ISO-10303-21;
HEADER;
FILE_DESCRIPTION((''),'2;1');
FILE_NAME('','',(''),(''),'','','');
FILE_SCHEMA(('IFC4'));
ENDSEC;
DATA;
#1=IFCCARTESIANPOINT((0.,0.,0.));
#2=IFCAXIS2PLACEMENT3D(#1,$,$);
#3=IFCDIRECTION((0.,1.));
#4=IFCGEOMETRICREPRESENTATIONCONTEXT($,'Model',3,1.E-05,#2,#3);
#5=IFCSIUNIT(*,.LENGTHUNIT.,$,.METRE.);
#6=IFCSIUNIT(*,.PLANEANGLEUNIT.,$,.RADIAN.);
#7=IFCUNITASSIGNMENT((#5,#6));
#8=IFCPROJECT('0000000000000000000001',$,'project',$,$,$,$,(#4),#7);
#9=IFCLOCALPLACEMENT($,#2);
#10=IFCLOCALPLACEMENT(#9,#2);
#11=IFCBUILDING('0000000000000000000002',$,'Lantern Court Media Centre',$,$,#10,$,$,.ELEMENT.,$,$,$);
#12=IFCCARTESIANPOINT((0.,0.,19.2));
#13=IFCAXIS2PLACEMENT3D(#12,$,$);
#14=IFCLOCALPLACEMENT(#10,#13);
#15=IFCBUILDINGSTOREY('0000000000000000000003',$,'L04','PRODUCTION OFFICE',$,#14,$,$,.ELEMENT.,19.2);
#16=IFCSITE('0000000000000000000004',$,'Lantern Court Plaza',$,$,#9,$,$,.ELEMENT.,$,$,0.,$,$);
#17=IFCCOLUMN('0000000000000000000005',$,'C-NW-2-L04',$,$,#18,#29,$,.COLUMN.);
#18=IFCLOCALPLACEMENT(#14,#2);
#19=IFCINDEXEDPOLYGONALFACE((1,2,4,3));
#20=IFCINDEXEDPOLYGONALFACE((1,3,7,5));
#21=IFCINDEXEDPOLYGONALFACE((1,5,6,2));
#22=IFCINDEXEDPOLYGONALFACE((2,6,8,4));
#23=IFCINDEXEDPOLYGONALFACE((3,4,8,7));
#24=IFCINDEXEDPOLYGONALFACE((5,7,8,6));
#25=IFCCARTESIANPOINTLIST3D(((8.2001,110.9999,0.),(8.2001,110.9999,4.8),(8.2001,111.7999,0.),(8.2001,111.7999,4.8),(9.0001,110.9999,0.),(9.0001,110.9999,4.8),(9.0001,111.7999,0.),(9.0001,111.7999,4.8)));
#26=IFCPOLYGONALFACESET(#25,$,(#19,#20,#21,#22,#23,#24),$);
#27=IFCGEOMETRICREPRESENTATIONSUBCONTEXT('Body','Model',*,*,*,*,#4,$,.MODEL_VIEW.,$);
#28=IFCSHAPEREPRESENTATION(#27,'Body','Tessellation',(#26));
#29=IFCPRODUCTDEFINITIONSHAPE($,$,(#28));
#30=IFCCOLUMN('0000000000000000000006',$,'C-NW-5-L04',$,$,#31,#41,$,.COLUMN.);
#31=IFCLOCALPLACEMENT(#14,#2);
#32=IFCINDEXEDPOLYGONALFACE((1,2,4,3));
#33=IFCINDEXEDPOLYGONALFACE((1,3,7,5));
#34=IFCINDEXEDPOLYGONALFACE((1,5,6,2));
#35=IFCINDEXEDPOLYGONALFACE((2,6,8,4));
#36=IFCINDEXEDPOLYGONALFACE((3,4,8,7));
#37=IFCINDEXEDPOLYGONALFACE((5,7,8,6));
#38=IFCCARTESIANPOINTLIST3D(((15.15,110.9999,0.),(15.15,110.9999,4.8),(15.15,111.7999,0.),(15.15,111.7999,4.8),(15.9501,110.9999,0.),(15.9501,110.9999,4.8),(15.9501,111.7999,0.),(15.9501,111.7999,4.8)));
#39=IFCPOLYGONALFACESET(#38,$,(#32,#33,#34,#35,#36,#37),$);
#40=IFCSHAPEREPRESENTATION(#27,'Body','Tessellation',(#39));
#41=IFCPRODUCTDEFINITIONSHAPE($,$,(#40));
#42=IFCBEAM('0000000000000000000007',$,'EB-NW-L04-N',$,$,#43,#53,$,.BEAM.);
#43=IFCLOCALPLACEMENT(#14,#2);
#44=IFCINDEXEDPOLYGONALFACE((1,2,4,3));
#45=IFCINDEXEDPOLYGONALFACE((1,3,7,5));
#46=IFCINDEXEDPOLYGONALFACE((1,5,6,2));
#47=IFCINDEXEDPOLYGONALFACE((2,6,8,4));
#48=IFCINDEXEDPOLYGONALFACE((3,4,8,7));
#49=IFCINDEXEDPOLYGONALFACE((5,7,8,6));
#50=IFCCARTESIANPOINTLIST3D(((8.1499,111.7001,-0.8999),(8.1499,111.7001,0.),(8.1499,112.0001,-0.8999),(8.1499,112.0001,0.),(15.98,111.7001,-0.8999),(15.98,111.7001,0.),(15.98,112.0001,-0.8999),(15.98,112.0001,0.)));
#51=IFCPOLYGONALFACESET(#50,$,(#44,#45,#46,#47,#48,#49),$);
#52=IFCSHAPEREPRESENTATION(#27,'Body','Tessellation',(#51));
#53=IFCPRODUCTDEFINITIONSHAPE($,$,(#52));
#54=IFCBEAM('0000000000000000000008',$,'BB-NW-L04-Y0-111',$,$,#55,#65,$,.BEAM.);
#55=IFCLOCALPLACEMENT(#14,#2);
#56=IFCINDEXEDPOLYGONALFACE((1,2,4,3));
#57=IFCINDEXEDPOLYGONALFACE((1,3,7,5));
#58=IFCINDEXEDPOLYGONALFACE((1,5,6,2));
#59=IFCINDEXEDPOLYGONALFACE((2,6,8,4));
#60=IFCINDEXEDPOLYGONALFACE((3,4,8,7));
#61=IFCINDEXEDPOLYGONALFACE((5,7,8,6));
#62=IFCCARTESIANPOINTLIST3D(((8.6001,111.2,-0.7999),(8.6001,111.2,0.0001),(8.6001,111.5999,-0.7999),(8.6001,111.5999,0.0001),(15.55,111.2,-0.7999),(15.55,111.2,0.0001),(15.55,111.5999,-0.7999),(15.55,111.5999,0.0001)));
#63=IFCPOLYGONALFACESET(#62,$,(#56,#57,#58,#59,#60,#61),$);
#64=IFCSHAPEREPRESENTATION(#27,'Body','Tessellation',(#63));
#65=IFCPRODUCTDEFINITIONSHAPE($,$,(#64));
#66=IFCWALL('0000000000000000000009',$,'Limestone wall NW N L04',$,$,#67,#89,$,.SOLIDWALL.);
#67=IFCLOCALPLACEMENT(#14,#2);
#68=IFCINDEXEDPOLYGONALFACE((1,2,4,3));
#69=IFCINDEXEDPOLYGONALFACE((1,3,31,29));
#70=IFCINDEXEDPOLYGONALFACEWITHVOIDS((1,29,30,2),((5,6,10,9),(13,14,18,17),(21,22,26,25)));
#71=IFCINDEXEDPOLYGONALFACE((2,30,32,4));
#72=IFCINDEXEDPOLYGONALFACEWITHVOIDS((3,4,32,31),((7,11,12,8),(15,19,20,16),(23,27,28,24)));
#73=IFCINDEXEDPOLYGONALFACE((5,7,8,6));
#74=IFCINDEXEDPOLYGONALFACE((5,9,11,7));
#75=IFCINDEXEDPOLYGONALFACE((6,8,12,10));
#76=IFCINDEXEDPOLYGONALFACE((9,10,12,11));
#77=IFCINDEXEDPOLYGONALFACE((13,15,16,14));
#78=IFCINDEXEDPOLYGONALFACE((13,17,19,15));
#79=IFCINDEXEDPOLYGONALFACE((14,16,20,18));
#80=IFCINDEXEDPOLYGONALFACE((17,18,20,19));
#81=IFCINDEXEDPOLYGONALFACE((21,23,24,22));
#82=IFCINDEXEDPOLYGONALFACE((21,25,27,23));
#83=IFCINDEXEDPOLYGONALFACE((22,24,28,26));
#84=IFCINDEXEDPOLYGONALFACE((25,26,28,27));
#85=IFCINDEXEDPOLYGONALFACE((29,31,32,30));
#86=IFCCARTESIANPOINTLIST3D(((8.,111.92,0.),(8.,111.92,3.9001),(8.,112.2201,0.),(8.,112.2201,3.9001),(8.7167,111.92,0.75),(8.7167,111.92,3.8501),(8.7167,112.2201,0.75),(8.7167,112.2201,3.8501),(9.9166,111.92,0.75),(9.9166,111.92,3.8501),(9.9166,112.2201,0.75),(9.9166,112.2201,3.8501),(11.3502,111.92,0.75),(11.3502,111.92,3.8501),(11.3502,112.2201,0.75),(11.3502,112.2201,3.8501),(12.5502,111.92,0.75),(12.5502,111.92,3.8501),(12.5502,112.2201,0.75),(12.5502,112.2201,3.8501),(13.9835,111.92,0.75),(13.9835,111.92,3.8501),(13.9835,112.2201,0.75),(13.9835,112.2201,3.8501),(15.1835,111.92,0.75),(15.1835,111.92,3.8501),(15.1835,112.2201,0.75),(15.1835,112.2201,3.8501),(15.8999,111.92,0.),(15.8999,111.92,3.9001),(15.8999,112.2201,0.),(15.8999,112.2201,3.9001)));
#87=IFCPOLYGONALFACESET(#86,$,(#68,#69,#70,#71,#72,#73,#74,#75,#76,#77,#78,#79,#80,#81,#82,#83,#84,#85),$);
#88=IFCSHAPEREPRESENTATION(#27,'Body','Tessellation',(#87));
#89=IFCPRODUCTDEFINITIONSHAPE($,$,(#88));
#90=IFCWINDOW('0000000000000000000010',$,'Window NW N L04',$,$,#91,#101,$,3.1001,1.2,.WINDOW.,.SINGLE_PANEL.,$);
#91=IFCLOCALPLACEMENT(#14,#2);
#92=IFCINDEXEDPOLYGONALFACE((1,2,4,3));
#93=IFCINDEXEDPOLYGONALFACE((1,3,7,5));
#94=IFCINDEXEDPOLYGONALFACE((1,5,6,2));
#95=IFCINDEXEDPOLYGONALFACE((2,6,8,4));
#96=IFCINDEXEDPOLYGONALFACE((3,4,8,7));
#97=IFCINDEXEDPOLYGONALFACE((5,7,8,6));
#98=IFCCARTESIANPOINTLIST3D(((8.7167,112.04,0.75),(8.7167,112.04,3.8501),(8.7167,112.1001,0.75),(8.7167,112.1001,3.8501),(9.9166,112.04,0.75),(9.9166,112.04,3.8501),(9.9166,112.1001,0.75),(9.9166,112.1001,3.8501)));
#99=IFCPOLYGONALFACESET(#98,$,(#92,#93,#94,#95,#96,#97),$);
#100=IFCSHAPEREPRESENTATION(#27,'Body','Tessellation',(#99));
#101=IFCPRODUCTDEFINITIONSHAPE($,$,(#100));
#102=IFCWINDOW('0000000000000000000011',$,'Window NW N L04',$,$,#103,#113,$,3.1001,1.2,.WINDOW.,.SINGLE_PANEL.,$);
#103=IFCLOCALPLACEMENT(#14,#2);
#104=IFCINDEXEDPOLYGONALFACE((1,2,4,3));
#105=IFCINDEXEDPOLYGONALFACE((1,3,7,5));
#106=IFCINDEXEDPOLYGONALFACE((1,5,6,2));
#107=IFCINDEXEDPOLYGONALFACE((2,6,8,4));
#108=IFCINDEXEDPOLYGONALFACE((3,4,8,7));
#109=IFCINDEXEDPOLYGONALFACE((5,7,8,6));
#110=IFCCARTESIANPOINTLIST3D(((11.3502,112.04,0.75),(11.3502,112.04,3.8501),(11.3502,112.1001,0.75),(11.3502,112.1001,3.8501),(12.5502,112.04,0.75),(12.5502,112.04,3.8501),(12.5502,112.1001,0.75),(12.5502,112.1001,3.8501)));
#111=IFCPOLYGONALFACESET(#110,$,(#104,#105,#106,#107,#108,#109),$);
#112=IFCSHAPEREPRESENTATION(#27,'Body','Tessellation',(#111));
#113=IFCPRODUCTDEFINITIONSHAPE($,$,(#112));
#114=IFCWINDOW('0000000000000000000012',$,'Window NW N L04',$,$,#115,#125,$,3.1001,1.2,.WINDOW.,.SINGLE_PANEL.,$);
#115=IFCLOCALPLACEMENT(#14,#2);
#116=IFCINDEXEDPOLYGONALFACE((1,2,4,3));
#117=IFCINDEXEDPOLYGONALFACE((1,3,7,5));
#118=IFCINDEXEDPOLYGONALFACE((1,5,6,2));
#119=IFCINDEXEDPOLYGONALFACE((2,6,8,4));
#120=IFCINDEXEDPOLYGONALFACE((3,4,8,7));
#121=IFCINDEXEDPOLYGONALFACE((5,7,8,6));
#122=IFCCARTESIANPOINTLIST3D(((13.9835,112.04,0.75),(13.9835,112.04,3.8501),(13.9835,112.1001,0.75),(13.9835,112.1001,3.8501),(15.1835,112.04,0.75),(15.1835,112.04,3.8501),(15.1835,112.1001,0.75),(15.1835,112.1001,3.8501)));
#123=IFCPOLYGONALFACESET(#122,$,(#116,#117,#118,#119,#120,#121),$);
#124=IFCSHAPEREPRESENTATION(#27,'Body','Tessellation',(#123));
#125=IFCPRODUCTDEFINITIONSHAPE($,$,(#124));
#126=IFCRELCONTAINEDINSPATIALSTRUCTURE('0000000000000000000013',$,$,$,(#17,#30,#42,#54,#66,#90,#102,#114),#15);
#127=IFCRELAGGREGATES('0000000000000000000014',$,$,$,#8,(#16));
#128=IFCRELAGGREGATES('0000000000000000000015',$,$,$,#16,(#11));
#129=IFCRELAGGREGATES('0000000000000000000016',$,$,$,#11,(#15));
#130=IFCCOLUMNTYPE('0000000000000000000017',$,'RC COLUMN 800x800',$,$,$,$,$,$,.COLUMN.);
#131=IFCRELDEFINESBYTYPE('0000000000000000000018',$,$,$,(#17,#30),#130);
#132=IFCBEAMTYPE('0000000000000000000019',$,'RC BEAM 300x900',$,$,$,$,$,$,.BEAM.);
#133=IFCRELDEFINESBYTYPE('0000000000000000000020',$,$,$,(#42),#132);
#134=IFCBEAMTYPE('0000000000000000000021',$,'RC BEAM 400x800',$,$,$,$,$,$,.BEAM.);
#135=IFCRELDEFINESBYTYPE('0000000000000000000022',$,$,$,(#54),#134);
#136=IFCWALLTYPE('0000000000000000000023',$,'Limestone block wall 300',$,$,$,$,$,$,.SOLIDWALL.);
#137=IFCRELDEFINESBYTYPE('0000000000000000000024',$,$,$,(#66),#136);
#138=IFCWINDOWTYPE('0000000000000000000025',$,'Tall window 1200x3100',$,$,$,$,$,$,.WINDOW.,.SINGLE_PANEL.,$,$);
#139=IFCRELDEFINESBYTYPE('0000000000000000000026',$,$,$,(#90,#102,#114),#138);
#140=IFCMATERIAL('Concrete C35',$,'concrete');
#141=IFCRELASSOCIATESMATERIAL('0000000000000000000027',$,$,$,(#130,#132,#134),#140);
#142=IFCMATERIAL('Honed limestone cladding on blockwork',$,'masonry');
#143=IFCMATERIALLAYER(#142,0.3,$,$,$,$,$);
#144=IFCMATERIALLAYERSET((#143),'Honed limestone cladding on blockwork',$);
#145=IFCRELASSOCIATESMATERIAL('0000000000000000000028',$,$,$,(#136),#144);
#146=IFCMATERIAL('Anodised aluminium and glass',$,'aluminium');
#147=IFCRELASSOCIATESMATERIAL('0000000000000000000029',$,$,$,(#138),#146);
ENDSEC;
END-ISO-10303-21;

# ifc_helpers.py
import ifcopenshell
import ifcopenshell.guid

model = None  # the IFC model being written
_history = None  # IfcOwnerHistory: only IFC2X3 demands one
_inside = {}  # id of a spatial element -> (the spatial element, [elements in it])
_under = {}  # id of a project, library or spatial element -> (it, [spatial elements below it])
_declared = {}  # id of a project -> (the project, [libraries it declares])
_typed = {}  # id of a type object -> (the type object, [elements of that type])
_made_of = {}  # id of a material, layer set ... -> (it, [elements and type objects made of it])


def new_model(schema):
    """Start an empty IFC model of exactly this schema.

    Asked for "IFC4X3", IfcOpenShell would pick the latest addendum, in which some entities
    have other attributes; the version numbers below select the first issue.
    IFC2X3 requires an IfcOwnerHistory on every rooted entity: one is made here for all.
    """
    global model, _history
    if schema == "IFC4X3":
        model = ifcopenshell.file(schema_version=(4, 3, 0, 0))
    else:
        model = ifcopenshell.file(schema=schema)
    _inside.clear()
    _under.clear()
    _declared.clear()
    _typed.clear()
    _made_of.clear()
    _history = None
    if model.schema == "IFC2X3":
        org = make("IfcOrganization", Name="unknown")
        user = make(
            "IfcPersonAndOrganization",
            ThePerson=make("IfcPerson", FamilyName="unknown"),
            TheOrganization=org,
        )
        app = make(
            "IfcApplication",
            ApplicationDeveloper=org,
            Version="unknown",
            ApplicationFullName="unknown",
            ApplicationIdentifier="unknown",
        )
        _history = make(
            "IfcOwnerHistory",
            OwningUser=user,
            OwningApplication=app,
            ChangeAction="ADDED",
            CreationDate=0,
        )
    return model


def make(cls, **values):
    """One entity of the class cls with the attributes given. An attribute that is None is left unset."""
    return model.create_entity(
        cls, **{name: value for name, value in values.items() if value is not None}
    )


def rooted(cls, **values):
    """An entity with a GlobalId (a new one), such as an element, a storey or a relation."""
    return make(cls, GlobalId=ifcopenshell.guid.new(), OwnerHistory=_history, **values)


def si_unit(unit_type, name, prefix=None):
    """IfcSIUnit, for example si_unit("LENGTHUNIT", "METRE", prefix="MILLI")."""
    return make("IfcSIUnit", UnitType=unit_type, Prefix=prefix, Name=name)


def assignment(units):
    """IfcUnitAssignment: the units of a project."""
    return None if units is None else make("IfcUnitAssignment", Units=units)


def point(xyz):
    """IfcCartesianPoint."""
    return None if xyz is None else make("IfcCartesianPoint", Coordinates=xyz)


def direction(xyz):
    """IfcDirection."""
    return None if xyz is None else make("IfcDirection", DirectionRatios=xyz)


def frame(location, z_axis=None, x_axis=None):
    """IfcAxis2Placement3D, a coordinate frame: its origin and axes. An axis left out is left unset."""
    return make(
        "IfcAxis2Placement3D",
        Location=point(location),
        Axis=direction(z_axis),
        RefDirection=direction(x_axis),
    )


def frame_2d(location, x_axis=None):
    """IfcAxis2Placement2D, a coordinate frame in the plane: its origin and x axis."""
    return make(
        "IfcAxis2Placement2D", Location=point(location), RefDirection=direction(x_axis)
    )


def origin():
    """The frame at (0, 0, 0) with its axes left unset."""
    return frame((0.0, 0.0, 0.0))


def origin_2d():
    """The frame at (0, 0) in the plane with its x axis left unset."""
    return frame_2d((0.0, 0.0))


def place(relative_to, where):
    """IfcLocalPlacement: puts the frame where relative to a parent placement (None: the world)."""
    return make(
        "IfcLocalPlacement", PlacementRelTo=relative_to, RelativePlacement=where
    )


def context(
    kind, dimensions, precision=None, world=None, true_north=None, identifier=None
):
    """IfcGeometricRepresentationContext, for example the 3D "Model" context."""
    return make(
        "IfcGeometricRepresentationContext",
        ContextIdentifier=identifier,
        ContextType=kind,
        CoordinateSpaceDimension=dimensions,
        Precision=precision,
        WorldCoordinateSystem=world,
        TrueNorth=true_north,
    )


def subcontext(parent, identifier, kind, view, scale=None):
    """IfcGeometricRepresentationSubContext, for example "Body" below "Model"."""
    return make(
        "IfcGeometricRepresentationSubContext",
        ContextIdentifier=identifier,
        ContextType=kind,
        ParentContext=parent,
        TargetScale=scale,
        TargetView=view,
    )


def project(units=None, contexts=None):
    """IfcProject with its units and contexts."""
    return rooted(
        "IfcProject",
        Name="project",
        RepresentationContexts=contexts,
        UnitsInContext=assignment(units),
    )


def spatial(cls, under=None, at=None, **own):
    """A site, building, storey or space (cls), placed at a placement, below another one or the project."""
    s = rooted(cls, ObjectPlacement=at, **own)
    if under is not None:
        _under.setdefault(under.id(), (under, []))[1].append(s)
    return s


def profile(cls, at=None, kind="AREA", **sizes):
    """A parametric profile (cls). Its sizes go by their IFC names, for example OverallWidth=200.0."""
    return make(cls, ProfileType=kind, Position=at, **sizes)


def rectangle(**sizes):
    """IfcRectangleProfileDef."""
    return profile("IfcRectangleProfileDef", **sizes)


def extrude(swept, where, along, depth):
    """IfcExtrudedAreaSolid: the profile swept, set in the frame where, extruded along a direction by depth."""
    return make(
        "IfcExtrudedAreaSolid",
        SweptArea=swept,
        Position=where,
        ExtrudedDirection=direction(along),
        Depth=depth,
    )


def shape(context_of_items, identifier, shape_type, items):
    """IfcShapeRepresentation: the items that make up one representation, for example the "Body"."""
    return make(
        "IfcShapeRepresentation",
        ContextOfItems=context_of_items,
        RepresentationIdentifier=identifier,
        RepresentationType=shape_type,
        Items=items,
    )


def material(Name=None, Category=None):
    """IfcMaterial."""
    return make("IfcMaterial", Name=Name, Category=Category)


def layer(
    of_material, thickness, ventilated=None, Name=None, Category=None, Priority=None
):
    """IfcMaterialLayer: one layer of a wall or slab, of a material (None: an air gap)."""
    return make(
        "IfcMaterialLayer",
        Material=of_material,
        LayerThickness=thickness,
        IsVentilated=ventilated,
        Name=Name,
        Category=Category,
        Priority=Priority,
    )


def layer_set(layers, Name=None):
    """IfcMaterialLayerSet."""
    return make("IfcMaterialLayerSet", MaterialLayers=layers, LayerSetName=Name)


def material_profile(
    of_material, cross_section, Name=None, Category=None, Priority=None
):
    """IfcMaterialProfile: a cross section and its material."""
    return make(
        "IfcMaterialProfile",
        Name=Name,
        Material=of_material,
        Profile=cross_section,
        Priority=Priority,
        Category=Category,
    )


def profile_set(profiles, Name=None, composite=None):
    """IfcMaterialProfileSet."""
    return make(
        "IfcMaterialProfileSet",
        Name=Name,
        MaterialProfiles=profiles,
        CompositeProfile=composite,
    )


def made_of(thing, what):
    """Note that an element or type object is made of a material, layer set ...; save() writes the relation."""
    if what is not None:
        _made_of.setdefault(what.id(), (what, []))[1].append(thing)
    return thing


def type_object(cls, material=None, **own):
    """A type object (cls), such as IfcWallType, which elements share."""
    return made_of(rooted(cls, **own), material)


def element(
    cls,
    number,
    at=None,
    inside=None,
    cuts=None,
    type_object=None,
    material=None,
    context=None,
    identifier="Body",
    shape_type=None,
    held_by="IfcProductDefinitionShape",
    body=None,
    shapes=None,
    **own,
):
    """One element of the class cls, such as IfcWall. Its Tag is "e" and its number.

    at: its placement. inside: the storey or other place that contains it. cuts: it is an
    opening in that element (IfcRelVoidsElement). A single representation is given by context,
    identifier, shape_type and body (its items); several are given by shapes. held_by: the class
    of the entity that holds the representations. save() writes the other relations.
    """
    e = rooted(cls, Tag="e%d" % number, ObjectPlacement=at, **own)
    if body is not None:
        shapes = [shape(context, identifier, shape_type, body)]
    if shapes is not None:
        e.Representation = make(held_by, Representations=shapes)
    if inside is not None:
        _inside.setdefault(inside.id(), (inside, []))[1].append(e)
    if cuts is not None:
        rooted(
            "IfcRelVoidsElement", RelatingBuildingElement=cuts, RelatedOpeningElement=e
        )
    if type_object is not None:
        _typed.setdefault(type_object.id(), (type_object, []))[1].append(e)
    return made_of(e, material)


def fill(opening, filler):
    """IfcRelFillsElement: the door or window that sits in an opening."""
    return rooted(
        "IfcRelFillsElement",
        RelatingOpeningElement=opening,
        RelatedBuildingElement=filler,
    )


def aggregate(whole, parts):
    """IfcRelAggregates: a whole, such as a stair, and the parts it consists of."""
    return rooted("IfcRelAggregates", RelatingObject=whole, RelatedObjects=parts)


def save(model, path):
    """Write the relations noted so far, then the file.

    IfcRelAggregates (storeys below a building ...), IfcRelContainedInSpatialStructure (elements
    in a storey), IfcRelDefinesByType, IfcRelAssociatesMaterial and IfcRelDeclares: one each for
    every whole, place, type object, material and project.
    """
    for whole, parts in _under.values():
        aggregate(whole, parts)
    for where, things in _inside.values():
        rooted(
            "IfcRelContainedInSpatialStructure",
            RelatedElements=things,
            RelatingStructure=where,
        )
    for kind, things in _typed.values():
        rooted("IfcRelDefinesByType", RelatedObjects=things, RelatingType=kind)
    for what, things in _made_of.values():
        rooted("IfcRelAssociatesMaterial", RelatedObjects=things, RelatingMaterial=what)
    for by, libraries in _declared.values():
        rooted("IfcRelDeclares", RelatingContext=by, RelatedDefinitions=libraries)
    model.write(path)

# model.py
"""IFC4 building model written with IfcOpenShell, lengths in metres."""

from ifc_helpers import new_model, si_unit, direction, frame, frame_2d, origin, origin_2d, place, context, subcontext, project, spatial, rectangle, extrude, material, layer, layer_set, material_profile, profile_set, type_object, element, fill, save


model = new_model("IFC4")

# Units and contexts
model_context = context("Model", 3, precision=1e-05, world=origin(), true_north=direction((0.0, 1.0)))
body_context = subcontext(model_context, "Body", "Model", "MODEL_VIEW")
ifc_project = project(units=[si_unit("LENGTHUNIT", "METRE"), si_unit("PLANEANGLEUNIT", "RADIAN")], contexts=[model_context])

# Site, building, storey
site_placement = place(None, origin())
site = spatial("IfcSite", under=ifc_project, at=site_placement, Name="Lantern Court Plaza", CompositionType="ELEMENT", RefElevation=0.0)
building_placement = place(site_placement, origin())
building = spatial("IfcBuilding", under=site, at=building_placement, Name="Lantern Court Media Centre", CompositionType="ELEMENT")
storey_placement = place(building_placement, frame((0.0, 0.0, 19.2)))
storey = spatial("IfcBuildingStorey", under=building, at=storey_placement, Name="L04", Description="PRODUCTION OFFICE", CompositionType="ELEMENT", Elevation=19.2)

# Columns
ifc_material_1 = material(Name="Concrete C35", Category="concrete")
ifc_material_profile_1 = material_profile(ifc_material_1, rectangle(XDim=0.8, YDim=0.8, at=origin_2d()), Name="RC 800x800")
ifc_profile_set_1 = profile_set([ifc_material_profile_1], Name="Concrete C35")
column_type = type_object("IfcColumnType", Name="RC COLUMN 800x800", PredefinedType="COLUMN", material=ifc_profile_set_1)
for number, where, z_axis, x_axis, name in (
    (1, (8.6001, 111.3999, 0.0), (0.0, 0.0, 1.0), (1.0, 0.0, 0.0), "C-NW-2-L04"),
    (2, (15.55, 111.3999, 0.0), (0.0, 0.0, 1.0), (1.0, 0.0, 0.0), "C-NW-5-L04"),
):
    element("IfcColumn", number, at=place(storey_placement, frame(where, z_axis=z_axis, x_axis=x_axis)), inside=storey, type_object=column_type, Name=name, PredefinedType="COLUMN", context=body_context, shape_type="SweptSolid", body=[
        extrude(rectangle(XDim=0.8, YDim=0.8, at=origin_2d()), origin(), (0.0, 0.0, 1.0), 4.8),
    ])

# Beams
ifc_material_profile_2 = material_profile(ifc_material_1, rectangle(XDim=0.3, YDim=0.8999, at=origin_2d()), Name="RC 300x900")
ifc_profile_set_2 = profile_set([ifc_material_profile_2], Name="Concrete C35")
beam_type_1 = type_object("IfcBeamType", Name="RC BEAM 300x900", PredefinedType="BEAM", material=ifc_profile_set_2)
beam_1_placement = place(storey_placement, frame((8.1499, 111.8501, -0.45), z_axis=(1.0, 0.0, 0.0), x_axis=(0.0, 1.0, 0.0)))
element("IfcBeam", 3, at=beam_1_placement, inside=storey, type_object=beam_type_1, Name="EB-NW-L04-N", PredefinedType="BEAM", context=body_context, shape_type="SweptSolid", body=[
    extrude(rectangle(XDim=0.3, YDim=0.8999, at=origin_2d()), origin(), (0.0, 0.0, 1.0), 7.8301),
])
ifc_material_profile_3 = material_profile(ifc_material_1, rectangle(XDim=0.3999, YDim=0.8, at=origin_2d()), Name="RC 400x800")
ifc_profile_set_3 = profile_set([ifc_material_profile_3], Name="Concrete C35")
beam_type_2 = type_object("IfcBeamType", Name="RC BEAM 400x800", PredefinedType="BEAM", material=ifc_profile_set_3)
beam_2_placement = place(storey_placement, frame((8.6001, 111.3999, -0.3999), z_axis=(1.0, 0.0, 0.0), x_axis=(0.0, 1.0, 0.0)))
element("IfcBeam", 4, at=beam_2_placement, inside=storey, type_object=beam_type_2, Name="BB-NW-L04-Y0-111", PredefinedType="BEAM", context=body_context, shape_type="SweptSolid", body=[
    extrude(rectangle(XDim=0.3999, YDim=0.8, at=origin_2d()), origin(), (0.0, 0.0, 1.0), 6.95),
])

# Wall, openings, windows
ifc_material_2 = material(Name="Honed limestone cladding on blockwork", Category="masonry")
ifc_layer_1 = layer(ifc_material_2, 0.3)
ifc_layer_set_1 = layer_set([ifc_layer_1], Name="Honed limestone cladding on blockwork")
wall_type_1 = type_object("IfcWallType", Name="Limestone block wall 300", PredefinedType="SOLIDWALL", material=ifc_layer_set_1)
wall_1_placement = place(storey_placement, frame((8.0, 112.0701, 0.0), z_axis=(0.0, 0.0, 1.0), x_axis=(1.0, 0.0, 0.0)))
wall_1 = element("IfcWall", 5, at=wall_1_placement, inside=storey, type_object=wall_type_1, Name="Limestone wall NW N L04", PredefinedType="SOLIDWALL", context=body_context, shape_type="SweptSolid", body=[
    extrude(rectangle(XDim=7.8999, YDim=0.3, at=frame_2d((3.95, 0.0))), origin(), (0.0, 0.0, 1.0), 3.9001),
])
opening_1_placement = place(wall_1_placement, frame((0.7166, 0.0, 0.75)))
opening_1 = element("IfcOpeningElement", 6, at=opening_1_placement, cuts=wall_1, PredefinedType="OPENING", context=body_context, shape_type="SweptSolid", body=[
    extrude(rectangle(XDim=1.2, YDim=3.1001, at=frame_2d((0.6001, 1.55))), frame((0.0, 0.1599, 0.0), z_axis=(0.0, -1.0, 0.0), x_axis=(1.0, 0.0, 0.0)), (0.0, 0.0, 1.0), 0.3201),
])
opening_2_placement = place(wall_1_placement, frame((3.3501, 0.0, 0.75)))
opening_2 = element("IfcOpeningElement", 7, at=opening_2_placement, cuts=wall_1, PredefinedType="OPENING", context=body_context, shape_type="SweptSolid", body=[
    extrude(rectangle(XDim=1.2, YDim=3.1001, at=frame_2d((0.6001, 1.55))), frame((0.0, 0.1599, 0.0), z_axis=(0.0, -1.0, 0.0), x_axis=(1.0, 0.0, 0.0)), (0.0, 0.0, 1.0), 0.3201),
])
opening_3_placement = place(wall_1_placement, frame((5.9834, 0.0, 0.75)))
opening_3 = element("IfcOpeningElement", 8, at=opening_3_placement, cuts=wall_1, PredefinedType="OPENING", context=body_context, shape_type="SweptSolid", body=[
    extrude(rectangle(XDim=1.2, YDim=3.1001, at=frame_2d((0.6001, 1.55))), frame((0.0, 0.1599, 0.0), z_axis=(0.0, -1.0, 0.0), x_axis=(1.0, 0.0, 0.0)), (0.0, 0.0, 1.0), 0.3201),
])
ifc_material_3 = material(Name="Anodised aluminium and glass", Category="aluminium")
window_type_1 = type_object("IfcWindowType", Name="Tall window 1200x3100", PartitioningType="SINGLE_PANEL", PredefinedType="WINDOW", material=ifc_material_3)
window_1_placement = place(opening_1_placement, origin())
window_1 = element("IfcWindow", 9, at=window_1_placement, inside=storey, type_object=window_type_1, Name="Window NW N L04", OverallHeight=3.1001, OverallWidth=1.2, PartitioningType="SINGLE_PANEL", PredefinedType="WINDOW", context=body_context, shape_type="SweptSolid", body=[
    extrude(rectangle(XDim=1.2, YDim=3.1001, at=frame_2d((0.6001, 1.55))), frame((0.0, 0.03, 0.0), z_axis=(0.0, -1.0, 0.0), x_axis=(1.0, 0.0, 0.0)), (0.0, 0.0, 1.0), 0.0601),
])
fill(opening_1, window_1)
window_2_placement = place(opening_2_placement, origin())
window_2 = element("IfcWindow", 10, at=window_2_placement, inside=storey, type_object=window_type_1, Name="Window NW N L04", OverallHeight=3.1001, OverallWidth=1.2, PartitioningType="SINGLE_PANEL", PredefinedType="WINDOW", context=body_context, shape_type="SweptSolid", body=[
    extrude(rectangle(XDim=1.2, YDim=3.1001, at=frame_2d((0.6001, 1.55))), frame((0.0, 0.03, 0.0), z_axis=(0.0, -1.0, 0.0), x_axis=(1.0, 0.0, 0.0)), (0.0, 0.0, 1.0), 0.0601),
])
fill(opening_2, window_2)
window_3_placement = place(opening_3_placement, origin())
window_3 = element("IfcWindow", 11, at=window_3_placement, inside=storey, type_object=window_type_1, Name="Window NW N L04", OverallHeight=3.1001, OverallWidth=1.2, PartitioningType="SINGLE_PANEL", PredefinedType="WINDOW", context=body_context, shape_type="SweptSolid", body=[
    extrude(rectangle(XDim=1.2, YDim=3.1001, at=frame_2d((0.6001, 1.55))), frame((0.0, 0.03, 0.0), z_axis=(0.0, -1.0, 0.0), x_axis=(1.0, 0.0, 0.0)), (0.0, 0.0, 1.0), 0.0601),
])
fill(opening_3, window_3)

save(model, "model.ifc")
